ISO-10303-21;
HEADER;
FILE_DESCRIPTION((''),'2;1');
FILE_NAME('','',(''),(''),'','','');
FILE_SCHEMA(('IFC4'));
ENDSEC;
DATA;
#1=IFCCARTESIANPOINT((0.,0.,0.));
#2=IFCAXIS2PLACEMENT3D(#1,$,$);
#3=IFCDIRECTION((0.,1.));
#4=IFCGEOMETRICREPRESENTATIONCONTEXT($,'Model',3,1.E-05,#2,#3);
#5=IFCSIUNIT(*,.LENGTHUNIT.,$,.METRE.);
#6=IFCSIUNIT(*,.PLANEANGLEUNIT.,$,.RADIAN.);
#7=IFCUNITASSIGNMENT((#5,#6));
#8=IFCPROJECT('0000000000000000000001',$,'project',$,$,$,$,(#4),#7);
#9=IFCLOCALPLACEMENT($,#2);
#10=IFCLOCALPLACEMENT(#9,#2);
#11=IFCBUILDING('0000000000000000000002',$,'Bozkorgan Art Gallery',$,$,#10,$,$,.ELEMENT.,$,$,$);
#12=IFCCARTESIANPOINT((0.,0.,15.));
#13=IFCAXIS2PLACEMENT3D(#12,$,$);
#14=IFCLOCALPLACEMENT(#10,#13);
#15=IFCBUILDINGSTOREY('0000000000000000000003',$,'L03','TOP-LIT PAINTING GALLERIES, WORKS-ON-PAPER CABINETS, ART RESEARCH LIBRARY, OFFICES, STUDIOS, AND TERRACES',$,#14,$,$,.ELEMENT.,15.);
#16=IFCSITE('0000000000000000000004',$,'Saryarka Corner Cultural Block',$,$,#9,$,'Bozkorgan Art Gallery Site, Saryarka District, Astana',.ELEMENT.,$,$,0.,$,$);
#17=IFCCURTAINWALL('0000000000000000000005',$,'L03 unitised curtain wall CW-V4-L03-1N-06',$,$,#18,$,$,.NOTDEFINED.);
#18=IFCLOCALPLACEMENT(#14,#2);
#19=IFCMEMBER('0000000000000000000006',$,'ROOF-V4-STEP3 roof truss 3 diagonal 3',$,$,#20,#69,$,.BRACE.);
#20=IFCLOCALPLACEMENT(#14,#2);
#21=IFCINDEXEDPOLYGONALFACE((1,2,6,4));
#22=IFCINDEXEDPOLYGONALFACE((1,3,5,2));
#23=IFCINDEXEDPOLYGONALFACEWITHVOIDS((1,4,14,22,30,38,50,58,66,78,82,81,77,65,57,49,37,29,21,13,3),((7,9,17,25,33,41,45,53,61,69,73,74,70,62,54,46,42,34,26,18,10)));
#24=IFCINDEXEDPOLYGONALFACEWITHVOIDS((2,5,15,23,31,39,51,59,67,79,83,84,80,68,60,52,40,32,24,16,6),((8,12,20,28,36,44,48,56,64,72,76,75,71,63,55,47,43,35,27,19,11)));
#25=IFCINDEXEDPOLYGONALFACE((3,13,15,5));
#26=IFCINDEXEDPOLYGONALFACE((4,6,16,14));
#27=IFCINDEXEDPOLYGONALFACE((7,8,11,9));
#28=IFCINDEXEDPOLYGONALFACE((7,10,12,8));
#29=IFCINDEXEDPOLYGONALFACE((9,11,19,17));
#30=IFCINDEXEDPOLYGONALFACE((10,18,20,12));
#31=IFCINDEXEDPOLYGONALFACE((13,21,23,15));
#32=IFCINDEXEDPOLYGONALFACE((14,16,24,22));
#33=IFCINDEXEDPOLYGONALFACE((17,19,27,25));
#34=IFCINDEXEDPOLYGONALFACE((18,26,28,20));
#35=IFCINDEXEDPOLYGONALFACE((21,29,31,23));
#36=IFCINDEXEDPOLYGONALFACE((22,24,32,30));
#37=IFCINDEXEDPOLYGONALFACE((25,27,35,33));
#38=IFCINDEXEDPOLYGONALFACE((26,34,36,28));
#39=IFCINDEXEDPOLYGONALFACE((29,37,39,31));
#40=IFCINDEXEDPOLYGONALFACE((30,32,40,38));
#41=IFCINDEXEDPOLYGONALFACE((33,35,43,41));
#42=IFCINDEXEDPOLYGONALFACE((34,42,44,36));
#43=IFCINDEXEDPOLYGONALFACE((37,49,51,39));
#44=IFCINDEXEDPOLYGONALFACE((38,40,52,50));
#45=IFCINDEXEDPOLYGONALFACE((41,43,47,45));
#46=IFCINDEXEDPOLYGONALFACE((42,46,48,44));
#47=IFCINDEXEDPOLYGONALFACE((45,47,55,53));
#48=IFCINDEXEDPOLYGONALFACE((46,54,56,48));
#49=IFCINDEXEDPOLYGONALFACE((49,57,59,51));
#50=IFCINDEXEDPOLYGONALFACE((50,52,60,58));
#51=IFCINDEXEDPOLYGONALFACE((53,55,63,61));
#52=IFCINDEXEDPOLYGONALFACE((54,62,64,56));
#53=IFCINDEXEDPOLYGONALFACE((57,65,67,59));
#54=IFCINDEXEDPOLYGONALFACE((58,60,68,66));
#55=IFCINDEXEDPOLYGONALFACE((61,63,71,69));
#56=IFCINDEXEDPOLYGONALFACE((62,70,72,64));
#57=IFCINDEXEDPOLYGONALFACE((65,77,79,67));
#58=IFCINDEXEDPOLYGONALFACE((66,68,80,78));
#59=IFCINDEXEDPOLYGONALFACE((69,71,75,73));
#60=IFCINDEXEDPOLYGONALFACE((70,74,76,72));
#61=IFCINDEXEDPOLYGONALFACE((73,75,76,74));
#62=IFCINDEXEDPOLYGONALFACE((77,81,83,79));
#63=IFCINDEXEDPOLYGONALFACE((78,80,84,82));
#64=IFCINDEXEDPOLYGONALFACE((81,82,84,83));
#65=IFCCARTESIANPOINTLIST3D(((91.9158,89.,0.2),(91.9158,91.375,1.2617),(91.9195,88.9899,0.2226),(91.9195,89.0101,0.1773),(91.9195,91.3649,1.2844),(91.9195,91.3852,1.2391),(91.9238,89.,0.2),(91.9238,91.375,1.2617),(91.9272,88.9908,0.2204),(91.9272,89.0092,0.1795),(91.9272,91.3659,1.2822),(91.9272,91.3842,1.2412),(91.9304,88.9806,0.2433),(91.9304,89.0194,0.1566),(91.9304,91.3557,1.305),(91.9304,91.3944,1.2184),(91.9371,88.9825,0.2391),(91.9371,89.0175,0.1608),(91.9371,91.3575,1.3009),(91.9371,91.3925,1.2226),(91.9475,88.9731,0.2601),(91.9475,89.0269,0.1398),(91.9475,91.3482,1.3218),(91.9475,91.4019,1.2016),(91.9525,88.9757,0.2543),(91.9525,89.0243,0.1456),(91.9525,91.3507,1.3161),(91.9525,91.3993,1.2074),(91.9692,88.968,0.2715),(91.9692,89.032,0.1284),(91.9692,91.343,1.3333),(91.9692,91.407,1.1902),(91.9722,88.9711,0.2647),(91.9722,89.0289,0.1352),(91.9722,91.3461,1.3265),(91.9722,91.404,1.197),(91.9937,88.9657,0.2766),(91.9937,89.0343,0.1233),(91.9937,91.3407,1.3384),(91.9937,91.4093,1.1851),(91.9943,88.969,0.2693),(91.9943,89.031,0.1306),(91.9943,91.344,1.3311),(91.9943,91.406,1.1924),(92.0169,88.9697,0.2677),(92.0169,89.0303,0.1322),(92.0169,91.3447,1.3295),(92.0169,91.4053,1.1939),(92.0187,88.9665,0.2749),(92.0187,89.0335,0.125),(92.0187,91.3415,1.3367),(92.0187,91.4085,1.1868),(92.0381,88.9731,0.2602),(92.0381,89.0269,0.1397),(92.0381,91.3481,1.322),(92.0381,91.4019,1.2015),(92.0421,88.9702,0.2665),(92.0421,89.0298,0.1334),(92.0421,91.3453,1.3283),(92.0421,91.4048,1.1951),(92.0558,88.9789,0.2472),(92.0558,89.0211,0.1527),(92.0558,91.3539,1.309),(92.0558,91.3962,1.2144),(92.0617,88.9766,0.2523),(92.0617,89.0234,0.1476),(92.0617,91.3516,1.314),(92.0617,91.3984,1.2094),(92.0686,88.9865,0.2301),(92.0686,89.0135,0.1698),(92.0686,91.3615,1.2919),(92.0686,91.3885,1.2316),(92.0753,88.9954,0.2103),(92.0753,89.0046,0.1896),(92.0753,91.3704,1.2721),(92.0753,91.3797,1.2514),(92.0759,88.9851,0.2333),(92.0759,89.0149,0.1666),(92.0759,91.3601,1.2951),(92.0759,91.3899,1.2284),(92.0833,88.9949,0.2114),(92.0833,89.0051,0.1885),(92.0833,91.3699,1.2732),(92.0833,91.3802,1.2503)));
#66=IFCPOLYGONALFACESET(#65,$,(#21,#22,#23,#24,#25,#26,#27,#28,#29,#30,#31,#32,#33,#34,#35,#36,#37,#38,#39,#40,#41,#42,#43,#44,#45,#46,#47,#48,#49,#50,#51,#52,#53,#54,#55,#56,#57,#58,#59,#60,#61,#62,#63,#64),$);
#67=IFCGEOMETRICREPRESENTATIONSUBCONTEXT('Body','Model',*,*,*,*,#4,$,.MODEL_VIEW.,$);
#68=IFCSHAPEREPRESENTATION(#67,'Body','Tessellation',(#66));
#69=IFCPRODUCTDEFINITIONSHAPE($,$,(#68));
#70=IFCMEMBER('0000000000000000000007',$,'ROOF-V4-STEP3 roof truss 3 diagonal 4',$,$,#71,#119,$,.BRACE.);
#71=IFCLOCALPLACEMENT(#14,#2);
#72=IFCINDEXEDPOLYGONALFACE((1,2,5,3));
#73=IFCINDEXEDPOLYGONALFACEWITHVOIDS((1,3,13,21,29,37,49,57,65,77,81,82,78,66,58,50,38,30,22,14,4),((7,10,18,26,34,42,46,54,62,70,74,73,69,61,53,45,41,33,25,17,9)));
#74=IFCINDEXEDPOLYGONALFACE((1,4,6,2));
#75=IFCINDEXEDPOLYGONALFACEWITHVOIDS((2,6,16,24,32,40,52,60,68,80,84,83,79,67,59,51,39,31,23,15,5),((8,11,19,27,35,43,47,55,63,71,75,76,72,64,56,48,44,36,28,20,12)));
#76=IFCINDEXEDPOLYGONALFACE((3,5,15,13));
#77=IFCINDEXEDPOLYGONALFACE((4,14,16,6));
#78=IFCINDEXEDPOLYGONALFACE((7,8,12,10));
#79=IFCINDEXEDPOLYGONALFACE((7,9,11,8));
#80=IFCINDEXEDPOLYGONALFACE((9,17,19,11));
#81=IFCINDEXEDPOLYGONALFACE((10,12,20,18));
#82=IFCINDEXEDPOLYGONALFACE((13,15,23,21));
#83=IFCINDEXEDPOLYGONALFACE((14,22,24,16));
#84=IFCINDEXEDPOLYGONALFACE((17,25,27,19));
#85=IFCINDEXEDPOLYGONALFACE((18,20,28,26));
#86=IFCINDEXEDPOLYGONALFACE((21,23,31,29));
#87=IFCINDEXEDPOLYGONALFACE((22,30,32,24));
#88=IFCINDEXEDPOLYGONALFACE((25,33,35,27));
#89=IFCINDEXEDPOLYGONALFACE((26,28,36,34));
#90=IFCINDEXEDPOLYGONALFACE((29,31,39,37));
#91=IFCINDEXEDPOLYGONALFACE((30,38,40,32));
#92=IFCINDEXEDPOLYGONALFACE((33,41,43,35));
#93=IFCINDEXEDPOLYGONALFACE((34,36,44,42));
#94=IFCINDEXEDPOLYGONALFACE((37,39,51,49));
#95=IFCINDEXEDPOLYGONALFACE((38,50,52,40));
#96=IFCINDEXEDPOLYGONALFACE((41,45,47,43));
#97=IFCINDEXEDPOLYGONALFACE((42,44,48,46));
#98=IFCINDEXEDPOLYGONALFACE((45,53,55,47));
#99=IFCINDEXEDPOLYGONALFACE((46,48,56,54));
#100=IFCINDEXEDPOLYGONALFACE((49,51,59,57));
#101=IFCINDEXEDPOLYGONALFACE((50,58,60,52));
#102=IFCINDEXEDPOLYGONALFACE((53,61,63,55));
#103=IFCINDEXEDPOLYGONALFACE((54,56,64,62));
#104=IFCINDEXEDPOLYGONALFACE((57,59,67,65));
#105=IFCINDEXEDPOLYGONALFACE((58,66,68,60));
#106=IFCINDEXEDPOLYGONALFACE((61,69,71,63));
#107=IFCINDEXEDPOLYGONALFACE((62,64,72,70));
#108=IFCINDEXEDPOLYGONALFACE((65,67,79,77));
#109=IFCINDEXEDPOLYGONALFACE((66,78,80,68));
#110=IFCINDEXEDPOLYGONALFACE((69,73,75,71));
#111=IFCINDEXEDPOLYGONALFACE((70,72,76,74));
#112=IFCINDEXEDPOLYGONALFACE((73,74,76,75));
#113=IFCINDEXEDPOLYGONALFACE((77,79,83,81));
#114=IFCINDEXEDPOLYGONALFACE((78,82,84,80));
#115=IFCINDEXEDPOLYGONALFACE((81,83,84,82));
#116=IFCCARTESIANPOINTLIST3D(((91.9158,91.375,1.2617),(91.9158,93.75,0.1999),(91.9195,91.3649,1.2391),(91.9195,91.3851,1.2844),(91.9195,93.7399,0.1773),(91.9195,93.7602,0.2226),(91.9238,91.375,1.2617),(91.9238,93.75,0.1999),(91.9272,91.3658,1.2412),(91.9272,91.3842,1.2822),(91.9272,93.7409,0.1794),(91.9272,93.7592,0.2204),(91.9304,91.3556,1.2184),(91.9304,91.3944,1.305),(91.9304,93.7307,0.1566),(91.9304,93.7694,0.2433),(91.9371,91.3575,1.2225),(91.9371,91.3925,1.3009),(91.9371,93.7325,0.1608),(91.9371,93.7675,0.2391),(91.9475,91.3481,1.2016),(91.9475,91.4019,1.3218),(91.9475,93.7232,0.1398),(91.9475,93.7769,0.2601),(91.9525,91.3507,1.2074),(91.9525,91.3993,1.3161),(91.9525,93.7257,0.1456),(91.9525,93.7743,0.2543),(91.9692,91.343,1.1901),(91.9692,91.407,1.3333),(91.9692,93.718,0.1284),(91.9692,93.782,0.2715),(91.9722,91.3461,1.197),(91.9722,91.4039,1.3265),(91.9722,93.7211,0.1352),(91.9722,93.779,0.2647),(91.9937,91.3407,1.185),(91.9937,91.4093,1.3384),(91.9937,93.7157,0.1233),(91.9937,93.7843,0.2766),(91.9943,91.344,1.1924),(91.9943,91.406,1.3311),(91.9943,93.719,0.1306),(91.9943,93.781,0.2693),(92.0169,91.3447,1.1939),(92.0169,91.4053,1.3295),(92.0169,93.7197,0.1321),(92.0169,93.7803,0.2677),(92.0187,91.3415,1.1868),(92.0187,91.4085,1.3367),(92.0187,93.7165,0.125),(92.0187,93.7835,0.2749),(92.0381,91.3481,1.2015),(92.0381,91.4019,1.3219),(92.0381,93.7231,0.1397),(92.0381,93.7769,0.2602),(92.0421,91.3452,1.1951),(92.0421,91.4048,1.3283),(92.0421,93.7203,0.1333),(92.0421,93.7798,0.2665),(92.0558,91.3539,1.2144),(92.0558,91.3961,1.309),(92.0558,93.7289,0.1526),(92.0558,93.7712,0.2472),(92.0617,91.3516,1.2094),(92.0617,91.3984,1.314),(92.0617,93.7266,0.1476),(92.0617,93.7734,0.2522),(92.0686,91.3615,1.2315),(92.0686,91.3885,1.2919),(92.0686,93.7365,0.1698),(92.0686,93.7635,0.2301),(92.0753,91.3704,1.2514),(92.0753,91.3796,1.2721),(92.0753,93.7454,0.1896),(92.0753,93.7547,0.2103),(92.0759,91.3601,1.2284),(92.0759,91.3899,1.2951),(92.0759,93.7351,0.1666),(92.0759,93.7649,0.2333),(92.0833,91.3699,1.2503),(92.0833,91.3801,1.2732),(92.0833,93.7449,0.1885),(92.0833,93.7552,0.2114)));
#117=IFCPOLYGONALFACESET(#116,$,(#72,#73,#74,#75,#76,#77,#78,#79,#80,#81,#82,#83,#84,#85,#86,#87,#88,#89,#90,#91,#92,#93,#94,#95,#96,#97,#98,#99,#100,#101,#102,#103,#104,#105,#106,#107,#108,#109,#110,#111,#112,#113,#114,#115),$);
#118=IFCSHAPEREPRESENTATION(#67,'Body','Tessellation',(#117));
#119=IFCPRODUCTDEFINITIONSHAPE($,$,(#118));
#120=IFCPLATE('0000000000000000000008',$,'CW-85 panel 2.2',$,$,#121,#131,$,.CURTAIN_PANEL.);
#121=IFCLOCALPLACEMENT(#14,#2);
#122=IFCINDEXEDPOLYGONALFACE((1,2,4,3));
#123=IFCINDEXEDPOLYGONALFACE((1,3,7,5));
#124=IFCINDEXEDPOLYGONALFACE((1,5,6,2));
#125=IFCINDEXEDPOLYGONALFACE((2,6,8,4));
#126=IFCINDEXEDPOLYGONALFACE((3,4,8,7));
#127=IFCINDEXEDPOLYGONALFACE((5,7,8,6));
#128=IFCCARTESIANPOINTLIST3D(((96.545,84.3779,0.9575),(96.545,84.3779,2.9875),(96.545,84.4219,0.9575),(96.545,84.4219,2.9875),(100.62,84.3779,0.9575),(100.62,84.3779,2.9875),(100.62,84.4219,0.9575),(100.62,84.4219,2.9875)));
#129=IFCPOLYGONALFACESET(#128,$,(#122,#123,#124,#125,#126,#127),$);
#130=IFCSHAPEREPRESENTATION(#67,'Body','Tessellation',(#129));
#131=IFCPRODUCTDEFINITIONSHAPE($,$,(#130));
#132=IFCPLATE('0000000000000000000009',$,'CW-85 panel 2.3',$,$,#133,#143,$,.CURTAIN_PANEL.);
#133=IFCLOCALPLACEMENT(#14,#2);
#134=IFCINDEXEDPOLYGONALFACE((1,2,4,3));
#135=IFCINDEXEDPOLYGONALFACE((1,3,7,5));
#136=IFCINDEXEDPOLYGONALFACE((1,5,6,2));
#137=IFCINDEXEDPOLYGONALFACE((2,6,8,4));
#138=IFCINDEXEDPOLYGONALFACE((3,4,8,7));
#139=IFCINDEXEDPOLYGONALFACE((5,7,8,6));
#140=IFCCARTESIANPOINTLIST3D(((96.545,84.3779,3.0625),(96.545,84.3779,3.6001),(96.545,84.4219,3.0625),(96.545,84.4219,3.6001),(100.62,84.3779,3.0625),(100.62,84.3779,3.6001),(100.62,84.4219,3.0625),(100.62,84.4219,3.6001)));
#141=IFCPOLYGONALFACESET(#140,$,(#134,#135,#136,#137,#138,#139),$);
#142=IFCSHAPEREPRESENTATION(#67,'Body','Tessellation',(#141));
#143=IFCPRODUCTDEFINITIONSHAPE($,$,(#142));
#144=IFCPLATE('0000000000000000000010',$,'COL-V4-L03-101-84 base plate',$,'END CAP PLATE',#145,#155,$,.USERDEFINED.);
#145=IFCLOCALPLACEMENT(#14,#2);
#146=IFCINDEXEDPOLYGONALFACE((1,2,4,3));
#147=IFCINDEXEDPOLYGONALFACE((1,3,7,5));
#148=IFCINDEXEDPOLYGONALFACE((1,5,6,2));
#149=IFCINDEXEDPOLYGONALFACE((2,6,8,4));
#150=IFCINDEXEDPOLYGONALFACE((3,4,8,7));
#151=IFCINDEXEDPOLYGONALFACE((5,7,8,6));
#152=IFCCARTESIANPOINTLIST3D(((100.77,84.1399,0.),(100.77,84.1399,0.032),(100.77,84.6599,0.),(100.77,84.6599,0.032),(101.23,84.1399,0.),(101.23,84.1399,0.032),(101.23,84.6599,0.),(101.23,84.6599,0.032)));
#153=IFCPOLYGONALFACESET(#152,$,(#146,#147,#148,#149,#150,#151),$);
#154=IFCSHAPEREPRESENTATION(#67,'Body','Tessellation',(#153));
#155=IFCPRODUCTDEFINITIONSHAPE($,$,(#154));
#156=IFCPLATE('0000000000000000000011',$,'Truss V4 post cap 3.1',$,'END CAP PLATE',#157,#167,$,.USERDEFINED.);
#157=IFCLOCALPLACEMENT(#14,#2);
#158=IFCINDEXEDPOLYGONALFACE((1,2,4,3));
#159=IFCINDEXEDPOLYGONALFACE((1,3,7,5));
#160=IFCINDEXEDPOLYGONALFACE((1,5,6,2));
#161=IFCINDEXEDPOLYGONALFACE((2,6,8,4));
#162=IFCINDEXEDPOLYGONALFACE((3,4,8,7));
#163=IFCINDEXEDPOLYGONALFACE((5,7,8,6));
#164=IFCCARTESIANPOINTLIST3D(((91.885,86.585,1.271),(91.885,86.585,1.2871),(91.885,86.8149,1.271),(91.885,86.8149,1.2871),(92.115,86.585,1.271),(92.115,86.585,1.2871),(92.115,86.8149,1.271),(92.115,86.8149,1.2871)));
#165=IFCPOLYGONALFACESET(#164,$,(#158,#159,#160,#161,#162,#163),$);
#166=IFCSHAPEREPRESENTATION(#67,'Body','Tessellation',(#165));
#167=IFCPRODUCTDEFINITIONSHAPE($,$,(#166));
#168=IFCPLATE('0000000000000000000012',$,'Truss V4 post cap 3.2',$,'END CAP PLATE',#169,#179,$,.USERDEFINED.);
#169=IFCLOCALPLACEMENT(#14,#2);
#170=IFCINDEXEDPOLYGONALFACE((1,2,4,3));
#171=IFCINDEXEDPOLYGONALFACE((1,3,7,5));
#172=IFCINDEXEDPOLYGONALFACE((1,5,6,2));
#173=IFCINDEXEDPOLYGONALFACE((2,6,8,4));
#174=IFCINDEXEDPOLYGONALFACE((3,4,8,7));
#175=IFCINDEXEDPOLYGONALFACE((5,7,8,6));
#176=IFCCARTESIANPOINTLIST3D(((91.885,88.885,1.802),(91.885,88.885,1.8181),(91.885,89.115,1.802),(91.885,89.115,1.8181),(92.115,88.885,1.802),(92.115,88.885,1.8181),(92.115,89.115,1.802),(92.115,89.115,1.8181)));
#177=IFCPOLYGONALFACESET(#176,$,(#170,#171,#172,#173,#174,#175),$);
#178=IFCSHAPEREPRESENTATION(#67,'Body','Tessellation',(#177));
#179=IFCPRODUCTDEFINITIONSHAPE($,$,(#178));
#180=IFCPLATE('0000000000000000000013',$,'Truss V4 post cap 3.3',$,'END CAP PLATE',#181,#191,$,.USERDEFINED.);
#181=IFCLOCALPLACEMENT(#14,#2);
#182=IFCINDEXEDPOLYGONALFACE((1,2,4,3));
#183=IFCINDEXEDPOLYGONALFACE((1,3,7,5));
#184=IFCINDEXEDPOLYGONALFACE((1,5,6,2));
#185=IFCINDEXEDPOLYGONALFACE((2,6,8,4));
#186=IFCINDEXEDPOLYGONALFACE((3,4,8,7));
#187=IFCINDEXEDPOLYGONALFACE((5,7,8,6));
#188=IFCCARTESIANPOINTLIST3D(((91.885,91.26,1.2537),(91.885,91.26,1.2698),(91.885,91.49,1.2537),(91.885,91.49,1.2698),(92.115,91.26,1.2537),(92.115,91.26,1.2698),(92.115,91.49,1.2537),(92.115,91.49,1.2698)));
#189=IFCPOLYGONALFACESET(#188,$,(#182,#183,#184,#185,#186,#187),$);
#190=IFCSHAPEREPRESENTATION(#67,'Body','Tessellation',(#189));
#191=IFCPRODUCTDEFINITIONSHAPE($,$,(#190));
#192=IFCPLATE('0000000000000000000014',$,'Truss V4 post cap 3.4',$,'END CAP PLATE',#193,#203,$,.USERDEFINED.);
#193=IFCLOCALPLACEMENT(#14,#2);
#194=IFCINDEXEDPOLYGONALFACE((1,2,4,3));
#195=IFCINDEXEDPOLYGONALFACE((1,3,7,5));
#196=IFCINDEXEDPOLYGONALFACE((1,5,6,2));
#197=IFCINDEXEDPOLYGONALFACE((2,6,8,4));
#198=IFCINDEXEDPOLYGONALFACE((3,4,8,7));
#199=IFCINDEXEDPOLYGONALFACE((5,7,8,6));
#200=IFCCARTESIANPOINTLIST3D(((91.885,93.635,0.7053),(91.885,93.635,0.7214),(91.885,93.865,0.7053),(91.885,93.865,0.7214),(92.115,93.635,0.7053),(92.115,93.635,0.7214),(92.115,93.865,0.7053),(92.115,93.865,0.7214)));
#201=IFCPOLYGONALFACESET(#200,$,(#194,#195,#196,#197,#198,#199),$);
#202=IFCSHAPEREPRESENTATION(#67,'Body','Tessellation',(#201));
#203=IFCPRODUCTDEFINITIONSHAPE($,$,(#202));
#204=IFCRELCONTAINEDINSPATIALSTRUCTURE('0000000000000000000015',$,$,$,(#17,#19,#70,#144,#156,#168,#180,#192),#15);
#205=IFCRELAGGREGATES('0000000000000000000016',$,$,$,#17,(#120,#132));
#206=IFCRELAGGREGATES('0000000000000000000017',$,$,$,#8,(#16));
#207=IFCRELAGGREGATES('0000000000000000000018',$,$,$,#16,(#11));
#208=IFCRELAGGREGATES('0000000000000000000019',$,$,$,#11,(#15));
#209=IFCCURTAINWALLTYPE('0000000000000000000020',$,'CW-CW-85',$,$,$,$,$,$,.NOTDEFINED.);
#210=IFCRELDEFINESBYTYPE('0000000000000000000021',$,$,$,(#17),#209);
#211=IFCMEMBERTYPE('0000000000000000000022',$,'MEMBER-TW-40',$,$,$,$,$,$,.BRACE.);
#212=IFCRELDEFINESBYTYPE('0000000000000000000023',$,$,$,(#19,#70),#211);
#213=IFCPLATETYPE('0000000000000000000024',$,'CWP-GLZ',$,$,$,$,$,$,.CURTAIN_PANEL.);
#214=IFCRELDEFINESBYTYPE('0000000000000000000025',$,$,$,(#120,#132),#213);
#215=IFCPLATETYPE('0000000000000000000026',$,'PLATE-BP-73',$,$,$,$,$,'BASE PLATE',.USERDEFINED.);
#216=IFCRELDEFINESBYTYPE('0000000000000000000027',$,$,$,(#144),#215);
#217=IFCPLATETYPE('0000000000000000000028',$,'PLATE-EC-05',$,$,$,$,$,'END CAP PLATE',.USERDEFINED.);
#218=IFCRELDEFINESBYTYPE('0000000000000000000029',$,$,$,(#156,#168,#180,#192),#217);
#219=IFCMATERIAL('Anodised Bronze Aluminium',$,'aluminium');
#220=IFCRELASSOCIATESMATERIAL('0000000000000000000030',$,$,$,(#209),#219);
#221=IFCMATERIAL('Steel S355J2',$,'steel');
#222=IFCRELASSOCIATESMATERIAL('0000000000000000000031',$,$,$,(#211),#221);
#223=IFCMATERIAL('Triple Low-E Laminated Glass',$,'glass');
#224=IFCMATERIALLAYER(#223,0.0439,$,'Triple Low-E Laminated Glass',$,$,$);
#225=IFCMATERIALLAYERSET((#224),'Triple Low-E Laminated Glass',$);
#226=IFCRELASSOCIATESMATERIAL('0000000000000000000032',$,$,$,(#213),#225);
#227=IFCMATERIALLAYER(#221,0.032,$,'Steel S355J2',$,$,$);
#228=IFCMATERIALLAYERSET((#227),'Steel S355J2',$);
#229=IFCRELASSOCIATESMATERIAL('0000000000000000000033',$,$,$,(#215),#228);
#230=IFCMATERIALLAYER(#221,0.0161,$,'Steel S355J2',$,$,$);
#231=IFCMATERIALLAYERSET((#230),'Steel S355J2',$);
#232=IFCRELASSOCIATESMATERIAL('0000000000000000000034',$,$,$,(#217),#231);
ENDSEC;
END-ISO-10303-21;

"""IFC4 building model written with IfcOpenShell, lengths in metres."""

from ifc_helpers import new_model, si_unit, direction, frame, origin, origin_2d, place, context, subcontext, project, spatial, rectangle, hollow_circle, extrude, material, layer, layer_set, material_profile, profile_set, type_object, element, aggregate, save


model = new_model("IFC4")

# Units and contexts
model_context = context("Model", 3, precision=1e-05, world=origin(), true_north=direction((0.0, 1.0)))
body_context = subcontext(model_context, "Body", "Model", "MODEL_VIEW")
ifc_project = project(units=[si_unit("LENGTHUNIT", "METRE"), si_unit("PLANEANGLEUNIT", "RADIAN")], contexts=[model_context])

# Site, building, storey
site_placement = place(None, origin())
site = spatial("IfcSite", under=ifc_project, at=site_placement, Name="Saryarka Corner Cultural Block", LongName="Bozkorgan Art Gallery Site, Saryarka District, Astana", CompositionType="ELEMENT", RefElevation=0.0)
building_placement = place(site_placement, origin())
building = spatial("IfcBuilding", under=site, at=building_placement, Name="Bozkorgan Art Gallery", CompositionType="ELEMENT")
storey_placement = place(building_placement, frame((0.0, 0.0, 15.0)))
storey = spatial("IfcBuildingStorey", under=building, at=storey_placement, Name="L03", Description="TOP-LIT PAINTING GALLERIES, WORKS-ON-PAPER CABINETS, ART RESEARCH LIBRARY, OFFICES, STUDIOS, AND TERRACES", CompositionType="ELEMENT", Elevation=15.0)

# Shared definitions
ifc_material_1 = material(Name="Steel S355J2", Category="steel")

# Curtain wall
ifc_material_2 = material(Name="Anodised Bronze Aluminium", Category="aluminium")
curtain_wall_type = type_object("IfcCurtainWallType", Name="CW-CW-85", PredefinedType="NOTDEFINED", material=ifc_material_2)
curtain_wall_placement = place(storey_placement, origin())
curtain_wall = element("IfcCurtainWall", 1, at=curtain_wall_placement, inside=storey, type_object=curtain_wall_type, Name="L03 unitised curtain wall CW-V4-L03-1N-06", PredefinedType="NOTDEFINED")

# Members
ifc_material_profile_1 = material_profile(ifc_material_1, hollow_circle(Radius=0.0842, WallThickness=0.0081, at=origin_2d()), Name="CHS 168.3x8")
ifc_profile_set_1 = profile_set([ifc_material_profile_1], Name="Steel S355J2")
member_type_1 = type_object("IfcMemberType", Name="MEMBER-TW-40", PredefinedType="BRACE", material=ifc_profile_set_1)
for number, where, z_axis, x_axis, name in (
    (2, (92.0, 89.0, 0.2), (0.0, 0.912923, 0.408131), (-1.0, 0.0, 0.0), "ROOF-V4-STEP3 roof truss 3 diagonal 3"),
    (3, (92.0, 91.375, 1.2617), (0.0, 0.912923, -0.408131), (-1.0, 0.0, 0.0), "ROOF-V4-STEP3 roof truss 3 diagonal 4"),
):
    element("IfcMember", number, at=place(storey_placement, frame(where, z_axis=z_axis, x_axis=x_axis)), inside=storey, type_object=member_type_1, Name=name, PredefinedType="BRACE", context=body_context, shape_type="SweptSolid", body=[
        extrude(hollow_circle(Radius=0.0842, WallThickness=0.0081, at=origin_2d()), origin(), (0.0, 0.0, 1.0), 2.6016),
    ])

# Plates
ifc_material_3 = material(Name="Triple Low-E Laminated Glass", Category="glass")
ifc_layer_1 = layer(ifc_material_3, 0.0439, Name="Triple Low-E Laminated Glass")
ifc_layer_set_1 = layer_set([ifc_layer_1], Name="Triple Low-E Laminated Glass")
plate_type_1 = type_object("IfcPlateType", Name="CWP-GLZ", PredefinedType="CURTAIN_PANEL", material=ifc_layer_set_1)
plate_1_placement = place(storey_placement, frame((98.5825, 84.3999, 0.9575), z_axis=(0.0, 0.0, 1.0), x_axis=(1.0, 0.0, 0.0)))
plate_1 = element("IfcPlate", 4, at=plate_1_placement, type_object=plate_type_1, Name="CW-85 panel 2.2", PredefinedType="CURTAIN_PANEL", context=body_context, shape_type="SweptSolid", body=[
    extrude(rectangle(XDim=4.075, YDim=0.0439, at=origin_2d()), origin(), (0.0, 0.0, 1.0), 2.03),
])
plate_2_placement = place(storey_placement, frame((98.5825, 84.3999, 3.0625), z_axis=(0.0, 0.0, 1.0), x_axis=(1.0, 0.0, 0.0)))
plate_2 = element("IfcPlate", 5, at=plate_2_placement, type_object=plate_type_1, Name="CW-85 panel 2.3", PredefinedType="CURTAIN_PANEL", context=body_context, shape_type="SweptSolid", body=[
    extrude(rectangle(XDim=4.075, YDim=0.0439, at=origin_2d()), origin(), (0.0, 0.0, 1.0), 0.5376),
])
aggregate(curtain_wall, [plate_1, plate_2])

# Plates
ifc_layer_2 = layer(ifc_material_1, 0.032, Name="Steel S355J2")
ifc_layer_set_2 = layer_set([ifc_layer_2], Name="Steel S355J2")
plate_type_2 = type_object("IfcPlateType", Name="PLATE-BP-73", ElementType="BASE PLATE", PredefinedType="USERDEFINED", material=ifc_layer_set_2)
plate_3_placement = place(storey_placement, frame((101.0, 84.3999, 0.0), z_axis=(0.0, 0.0, 1.0), x_axis=(1.0, 0.0, 0.0)))
element("IfcPlate", 6, at=plate_3_placement, inside=storey, type_object=plate_type_2, Name="COL-V4-L03-101-84 base plate", ObjectType="END CAP PLATE", PredefinedType="USERDEFINED", context=body_context, shape_type="SweptSolid", body=[
    extrude(rectangle(XDim=0.46, YDim=0.52, at=origin_2d()), origin(), (0.0, 0.0, 1.0), 0.032),
])
ifc_layer_3 = layer(ifc_material_1, 0.0161, Name="Steel S355J2")
ifc_layer_set_3 = layer_set([ifc_layer_3], Name="Steel S355J2")
plate_type_3 = type_object("IfcPlateType", Name="PLATE-EC-05", ElementType="END CAP PLATE", PredefinedType="USERDEFINED", material=ifc_layer_set_3)
for number, where, z_axis, x_axis, name in (
    (7, (92.0, 86.7, 1.271), (0.0, 0.0, 1.0), (1.0, 0.0, 0.0), "Truss V4 post cap 3.1"),
    (8, (92.0, 89.0, 1.802), (0.0, 0.0, 1.0), (1.0, 0.0, 0.0), "Truss V4 post cap 3.2"),
    (9, (92.0, 91.375, 1.2537), (0.0, 0.0, 1.0), (1.0, 0.0, 0.0), "Truss V4 post cap 3.3"),
    (10, (92.0, 93.75, 0.7053), (0.0, 0.0, 1.0), (1.0, 0.0, 0.0), "Truss V4 post cap 3.4"),
):
    element("IfcPlate", number, at=place(storey_placement, frame(where, z_axis=z_axis, x_axis=x_axis)), inside=storey, type_object=plate_type_3, Name=name, ObjectType="END CAP PLATE", PredefinedType="USERDEFINED", context=body_context, shape_type="SweptSolid", body=[
        extrude(rectangle(XDim=0.23, YDim=0.23, at=origin_2d()), origin(), (0.0, 0.0, 1.0), 0.0161),
    ])

save(model, "model.ifc")
